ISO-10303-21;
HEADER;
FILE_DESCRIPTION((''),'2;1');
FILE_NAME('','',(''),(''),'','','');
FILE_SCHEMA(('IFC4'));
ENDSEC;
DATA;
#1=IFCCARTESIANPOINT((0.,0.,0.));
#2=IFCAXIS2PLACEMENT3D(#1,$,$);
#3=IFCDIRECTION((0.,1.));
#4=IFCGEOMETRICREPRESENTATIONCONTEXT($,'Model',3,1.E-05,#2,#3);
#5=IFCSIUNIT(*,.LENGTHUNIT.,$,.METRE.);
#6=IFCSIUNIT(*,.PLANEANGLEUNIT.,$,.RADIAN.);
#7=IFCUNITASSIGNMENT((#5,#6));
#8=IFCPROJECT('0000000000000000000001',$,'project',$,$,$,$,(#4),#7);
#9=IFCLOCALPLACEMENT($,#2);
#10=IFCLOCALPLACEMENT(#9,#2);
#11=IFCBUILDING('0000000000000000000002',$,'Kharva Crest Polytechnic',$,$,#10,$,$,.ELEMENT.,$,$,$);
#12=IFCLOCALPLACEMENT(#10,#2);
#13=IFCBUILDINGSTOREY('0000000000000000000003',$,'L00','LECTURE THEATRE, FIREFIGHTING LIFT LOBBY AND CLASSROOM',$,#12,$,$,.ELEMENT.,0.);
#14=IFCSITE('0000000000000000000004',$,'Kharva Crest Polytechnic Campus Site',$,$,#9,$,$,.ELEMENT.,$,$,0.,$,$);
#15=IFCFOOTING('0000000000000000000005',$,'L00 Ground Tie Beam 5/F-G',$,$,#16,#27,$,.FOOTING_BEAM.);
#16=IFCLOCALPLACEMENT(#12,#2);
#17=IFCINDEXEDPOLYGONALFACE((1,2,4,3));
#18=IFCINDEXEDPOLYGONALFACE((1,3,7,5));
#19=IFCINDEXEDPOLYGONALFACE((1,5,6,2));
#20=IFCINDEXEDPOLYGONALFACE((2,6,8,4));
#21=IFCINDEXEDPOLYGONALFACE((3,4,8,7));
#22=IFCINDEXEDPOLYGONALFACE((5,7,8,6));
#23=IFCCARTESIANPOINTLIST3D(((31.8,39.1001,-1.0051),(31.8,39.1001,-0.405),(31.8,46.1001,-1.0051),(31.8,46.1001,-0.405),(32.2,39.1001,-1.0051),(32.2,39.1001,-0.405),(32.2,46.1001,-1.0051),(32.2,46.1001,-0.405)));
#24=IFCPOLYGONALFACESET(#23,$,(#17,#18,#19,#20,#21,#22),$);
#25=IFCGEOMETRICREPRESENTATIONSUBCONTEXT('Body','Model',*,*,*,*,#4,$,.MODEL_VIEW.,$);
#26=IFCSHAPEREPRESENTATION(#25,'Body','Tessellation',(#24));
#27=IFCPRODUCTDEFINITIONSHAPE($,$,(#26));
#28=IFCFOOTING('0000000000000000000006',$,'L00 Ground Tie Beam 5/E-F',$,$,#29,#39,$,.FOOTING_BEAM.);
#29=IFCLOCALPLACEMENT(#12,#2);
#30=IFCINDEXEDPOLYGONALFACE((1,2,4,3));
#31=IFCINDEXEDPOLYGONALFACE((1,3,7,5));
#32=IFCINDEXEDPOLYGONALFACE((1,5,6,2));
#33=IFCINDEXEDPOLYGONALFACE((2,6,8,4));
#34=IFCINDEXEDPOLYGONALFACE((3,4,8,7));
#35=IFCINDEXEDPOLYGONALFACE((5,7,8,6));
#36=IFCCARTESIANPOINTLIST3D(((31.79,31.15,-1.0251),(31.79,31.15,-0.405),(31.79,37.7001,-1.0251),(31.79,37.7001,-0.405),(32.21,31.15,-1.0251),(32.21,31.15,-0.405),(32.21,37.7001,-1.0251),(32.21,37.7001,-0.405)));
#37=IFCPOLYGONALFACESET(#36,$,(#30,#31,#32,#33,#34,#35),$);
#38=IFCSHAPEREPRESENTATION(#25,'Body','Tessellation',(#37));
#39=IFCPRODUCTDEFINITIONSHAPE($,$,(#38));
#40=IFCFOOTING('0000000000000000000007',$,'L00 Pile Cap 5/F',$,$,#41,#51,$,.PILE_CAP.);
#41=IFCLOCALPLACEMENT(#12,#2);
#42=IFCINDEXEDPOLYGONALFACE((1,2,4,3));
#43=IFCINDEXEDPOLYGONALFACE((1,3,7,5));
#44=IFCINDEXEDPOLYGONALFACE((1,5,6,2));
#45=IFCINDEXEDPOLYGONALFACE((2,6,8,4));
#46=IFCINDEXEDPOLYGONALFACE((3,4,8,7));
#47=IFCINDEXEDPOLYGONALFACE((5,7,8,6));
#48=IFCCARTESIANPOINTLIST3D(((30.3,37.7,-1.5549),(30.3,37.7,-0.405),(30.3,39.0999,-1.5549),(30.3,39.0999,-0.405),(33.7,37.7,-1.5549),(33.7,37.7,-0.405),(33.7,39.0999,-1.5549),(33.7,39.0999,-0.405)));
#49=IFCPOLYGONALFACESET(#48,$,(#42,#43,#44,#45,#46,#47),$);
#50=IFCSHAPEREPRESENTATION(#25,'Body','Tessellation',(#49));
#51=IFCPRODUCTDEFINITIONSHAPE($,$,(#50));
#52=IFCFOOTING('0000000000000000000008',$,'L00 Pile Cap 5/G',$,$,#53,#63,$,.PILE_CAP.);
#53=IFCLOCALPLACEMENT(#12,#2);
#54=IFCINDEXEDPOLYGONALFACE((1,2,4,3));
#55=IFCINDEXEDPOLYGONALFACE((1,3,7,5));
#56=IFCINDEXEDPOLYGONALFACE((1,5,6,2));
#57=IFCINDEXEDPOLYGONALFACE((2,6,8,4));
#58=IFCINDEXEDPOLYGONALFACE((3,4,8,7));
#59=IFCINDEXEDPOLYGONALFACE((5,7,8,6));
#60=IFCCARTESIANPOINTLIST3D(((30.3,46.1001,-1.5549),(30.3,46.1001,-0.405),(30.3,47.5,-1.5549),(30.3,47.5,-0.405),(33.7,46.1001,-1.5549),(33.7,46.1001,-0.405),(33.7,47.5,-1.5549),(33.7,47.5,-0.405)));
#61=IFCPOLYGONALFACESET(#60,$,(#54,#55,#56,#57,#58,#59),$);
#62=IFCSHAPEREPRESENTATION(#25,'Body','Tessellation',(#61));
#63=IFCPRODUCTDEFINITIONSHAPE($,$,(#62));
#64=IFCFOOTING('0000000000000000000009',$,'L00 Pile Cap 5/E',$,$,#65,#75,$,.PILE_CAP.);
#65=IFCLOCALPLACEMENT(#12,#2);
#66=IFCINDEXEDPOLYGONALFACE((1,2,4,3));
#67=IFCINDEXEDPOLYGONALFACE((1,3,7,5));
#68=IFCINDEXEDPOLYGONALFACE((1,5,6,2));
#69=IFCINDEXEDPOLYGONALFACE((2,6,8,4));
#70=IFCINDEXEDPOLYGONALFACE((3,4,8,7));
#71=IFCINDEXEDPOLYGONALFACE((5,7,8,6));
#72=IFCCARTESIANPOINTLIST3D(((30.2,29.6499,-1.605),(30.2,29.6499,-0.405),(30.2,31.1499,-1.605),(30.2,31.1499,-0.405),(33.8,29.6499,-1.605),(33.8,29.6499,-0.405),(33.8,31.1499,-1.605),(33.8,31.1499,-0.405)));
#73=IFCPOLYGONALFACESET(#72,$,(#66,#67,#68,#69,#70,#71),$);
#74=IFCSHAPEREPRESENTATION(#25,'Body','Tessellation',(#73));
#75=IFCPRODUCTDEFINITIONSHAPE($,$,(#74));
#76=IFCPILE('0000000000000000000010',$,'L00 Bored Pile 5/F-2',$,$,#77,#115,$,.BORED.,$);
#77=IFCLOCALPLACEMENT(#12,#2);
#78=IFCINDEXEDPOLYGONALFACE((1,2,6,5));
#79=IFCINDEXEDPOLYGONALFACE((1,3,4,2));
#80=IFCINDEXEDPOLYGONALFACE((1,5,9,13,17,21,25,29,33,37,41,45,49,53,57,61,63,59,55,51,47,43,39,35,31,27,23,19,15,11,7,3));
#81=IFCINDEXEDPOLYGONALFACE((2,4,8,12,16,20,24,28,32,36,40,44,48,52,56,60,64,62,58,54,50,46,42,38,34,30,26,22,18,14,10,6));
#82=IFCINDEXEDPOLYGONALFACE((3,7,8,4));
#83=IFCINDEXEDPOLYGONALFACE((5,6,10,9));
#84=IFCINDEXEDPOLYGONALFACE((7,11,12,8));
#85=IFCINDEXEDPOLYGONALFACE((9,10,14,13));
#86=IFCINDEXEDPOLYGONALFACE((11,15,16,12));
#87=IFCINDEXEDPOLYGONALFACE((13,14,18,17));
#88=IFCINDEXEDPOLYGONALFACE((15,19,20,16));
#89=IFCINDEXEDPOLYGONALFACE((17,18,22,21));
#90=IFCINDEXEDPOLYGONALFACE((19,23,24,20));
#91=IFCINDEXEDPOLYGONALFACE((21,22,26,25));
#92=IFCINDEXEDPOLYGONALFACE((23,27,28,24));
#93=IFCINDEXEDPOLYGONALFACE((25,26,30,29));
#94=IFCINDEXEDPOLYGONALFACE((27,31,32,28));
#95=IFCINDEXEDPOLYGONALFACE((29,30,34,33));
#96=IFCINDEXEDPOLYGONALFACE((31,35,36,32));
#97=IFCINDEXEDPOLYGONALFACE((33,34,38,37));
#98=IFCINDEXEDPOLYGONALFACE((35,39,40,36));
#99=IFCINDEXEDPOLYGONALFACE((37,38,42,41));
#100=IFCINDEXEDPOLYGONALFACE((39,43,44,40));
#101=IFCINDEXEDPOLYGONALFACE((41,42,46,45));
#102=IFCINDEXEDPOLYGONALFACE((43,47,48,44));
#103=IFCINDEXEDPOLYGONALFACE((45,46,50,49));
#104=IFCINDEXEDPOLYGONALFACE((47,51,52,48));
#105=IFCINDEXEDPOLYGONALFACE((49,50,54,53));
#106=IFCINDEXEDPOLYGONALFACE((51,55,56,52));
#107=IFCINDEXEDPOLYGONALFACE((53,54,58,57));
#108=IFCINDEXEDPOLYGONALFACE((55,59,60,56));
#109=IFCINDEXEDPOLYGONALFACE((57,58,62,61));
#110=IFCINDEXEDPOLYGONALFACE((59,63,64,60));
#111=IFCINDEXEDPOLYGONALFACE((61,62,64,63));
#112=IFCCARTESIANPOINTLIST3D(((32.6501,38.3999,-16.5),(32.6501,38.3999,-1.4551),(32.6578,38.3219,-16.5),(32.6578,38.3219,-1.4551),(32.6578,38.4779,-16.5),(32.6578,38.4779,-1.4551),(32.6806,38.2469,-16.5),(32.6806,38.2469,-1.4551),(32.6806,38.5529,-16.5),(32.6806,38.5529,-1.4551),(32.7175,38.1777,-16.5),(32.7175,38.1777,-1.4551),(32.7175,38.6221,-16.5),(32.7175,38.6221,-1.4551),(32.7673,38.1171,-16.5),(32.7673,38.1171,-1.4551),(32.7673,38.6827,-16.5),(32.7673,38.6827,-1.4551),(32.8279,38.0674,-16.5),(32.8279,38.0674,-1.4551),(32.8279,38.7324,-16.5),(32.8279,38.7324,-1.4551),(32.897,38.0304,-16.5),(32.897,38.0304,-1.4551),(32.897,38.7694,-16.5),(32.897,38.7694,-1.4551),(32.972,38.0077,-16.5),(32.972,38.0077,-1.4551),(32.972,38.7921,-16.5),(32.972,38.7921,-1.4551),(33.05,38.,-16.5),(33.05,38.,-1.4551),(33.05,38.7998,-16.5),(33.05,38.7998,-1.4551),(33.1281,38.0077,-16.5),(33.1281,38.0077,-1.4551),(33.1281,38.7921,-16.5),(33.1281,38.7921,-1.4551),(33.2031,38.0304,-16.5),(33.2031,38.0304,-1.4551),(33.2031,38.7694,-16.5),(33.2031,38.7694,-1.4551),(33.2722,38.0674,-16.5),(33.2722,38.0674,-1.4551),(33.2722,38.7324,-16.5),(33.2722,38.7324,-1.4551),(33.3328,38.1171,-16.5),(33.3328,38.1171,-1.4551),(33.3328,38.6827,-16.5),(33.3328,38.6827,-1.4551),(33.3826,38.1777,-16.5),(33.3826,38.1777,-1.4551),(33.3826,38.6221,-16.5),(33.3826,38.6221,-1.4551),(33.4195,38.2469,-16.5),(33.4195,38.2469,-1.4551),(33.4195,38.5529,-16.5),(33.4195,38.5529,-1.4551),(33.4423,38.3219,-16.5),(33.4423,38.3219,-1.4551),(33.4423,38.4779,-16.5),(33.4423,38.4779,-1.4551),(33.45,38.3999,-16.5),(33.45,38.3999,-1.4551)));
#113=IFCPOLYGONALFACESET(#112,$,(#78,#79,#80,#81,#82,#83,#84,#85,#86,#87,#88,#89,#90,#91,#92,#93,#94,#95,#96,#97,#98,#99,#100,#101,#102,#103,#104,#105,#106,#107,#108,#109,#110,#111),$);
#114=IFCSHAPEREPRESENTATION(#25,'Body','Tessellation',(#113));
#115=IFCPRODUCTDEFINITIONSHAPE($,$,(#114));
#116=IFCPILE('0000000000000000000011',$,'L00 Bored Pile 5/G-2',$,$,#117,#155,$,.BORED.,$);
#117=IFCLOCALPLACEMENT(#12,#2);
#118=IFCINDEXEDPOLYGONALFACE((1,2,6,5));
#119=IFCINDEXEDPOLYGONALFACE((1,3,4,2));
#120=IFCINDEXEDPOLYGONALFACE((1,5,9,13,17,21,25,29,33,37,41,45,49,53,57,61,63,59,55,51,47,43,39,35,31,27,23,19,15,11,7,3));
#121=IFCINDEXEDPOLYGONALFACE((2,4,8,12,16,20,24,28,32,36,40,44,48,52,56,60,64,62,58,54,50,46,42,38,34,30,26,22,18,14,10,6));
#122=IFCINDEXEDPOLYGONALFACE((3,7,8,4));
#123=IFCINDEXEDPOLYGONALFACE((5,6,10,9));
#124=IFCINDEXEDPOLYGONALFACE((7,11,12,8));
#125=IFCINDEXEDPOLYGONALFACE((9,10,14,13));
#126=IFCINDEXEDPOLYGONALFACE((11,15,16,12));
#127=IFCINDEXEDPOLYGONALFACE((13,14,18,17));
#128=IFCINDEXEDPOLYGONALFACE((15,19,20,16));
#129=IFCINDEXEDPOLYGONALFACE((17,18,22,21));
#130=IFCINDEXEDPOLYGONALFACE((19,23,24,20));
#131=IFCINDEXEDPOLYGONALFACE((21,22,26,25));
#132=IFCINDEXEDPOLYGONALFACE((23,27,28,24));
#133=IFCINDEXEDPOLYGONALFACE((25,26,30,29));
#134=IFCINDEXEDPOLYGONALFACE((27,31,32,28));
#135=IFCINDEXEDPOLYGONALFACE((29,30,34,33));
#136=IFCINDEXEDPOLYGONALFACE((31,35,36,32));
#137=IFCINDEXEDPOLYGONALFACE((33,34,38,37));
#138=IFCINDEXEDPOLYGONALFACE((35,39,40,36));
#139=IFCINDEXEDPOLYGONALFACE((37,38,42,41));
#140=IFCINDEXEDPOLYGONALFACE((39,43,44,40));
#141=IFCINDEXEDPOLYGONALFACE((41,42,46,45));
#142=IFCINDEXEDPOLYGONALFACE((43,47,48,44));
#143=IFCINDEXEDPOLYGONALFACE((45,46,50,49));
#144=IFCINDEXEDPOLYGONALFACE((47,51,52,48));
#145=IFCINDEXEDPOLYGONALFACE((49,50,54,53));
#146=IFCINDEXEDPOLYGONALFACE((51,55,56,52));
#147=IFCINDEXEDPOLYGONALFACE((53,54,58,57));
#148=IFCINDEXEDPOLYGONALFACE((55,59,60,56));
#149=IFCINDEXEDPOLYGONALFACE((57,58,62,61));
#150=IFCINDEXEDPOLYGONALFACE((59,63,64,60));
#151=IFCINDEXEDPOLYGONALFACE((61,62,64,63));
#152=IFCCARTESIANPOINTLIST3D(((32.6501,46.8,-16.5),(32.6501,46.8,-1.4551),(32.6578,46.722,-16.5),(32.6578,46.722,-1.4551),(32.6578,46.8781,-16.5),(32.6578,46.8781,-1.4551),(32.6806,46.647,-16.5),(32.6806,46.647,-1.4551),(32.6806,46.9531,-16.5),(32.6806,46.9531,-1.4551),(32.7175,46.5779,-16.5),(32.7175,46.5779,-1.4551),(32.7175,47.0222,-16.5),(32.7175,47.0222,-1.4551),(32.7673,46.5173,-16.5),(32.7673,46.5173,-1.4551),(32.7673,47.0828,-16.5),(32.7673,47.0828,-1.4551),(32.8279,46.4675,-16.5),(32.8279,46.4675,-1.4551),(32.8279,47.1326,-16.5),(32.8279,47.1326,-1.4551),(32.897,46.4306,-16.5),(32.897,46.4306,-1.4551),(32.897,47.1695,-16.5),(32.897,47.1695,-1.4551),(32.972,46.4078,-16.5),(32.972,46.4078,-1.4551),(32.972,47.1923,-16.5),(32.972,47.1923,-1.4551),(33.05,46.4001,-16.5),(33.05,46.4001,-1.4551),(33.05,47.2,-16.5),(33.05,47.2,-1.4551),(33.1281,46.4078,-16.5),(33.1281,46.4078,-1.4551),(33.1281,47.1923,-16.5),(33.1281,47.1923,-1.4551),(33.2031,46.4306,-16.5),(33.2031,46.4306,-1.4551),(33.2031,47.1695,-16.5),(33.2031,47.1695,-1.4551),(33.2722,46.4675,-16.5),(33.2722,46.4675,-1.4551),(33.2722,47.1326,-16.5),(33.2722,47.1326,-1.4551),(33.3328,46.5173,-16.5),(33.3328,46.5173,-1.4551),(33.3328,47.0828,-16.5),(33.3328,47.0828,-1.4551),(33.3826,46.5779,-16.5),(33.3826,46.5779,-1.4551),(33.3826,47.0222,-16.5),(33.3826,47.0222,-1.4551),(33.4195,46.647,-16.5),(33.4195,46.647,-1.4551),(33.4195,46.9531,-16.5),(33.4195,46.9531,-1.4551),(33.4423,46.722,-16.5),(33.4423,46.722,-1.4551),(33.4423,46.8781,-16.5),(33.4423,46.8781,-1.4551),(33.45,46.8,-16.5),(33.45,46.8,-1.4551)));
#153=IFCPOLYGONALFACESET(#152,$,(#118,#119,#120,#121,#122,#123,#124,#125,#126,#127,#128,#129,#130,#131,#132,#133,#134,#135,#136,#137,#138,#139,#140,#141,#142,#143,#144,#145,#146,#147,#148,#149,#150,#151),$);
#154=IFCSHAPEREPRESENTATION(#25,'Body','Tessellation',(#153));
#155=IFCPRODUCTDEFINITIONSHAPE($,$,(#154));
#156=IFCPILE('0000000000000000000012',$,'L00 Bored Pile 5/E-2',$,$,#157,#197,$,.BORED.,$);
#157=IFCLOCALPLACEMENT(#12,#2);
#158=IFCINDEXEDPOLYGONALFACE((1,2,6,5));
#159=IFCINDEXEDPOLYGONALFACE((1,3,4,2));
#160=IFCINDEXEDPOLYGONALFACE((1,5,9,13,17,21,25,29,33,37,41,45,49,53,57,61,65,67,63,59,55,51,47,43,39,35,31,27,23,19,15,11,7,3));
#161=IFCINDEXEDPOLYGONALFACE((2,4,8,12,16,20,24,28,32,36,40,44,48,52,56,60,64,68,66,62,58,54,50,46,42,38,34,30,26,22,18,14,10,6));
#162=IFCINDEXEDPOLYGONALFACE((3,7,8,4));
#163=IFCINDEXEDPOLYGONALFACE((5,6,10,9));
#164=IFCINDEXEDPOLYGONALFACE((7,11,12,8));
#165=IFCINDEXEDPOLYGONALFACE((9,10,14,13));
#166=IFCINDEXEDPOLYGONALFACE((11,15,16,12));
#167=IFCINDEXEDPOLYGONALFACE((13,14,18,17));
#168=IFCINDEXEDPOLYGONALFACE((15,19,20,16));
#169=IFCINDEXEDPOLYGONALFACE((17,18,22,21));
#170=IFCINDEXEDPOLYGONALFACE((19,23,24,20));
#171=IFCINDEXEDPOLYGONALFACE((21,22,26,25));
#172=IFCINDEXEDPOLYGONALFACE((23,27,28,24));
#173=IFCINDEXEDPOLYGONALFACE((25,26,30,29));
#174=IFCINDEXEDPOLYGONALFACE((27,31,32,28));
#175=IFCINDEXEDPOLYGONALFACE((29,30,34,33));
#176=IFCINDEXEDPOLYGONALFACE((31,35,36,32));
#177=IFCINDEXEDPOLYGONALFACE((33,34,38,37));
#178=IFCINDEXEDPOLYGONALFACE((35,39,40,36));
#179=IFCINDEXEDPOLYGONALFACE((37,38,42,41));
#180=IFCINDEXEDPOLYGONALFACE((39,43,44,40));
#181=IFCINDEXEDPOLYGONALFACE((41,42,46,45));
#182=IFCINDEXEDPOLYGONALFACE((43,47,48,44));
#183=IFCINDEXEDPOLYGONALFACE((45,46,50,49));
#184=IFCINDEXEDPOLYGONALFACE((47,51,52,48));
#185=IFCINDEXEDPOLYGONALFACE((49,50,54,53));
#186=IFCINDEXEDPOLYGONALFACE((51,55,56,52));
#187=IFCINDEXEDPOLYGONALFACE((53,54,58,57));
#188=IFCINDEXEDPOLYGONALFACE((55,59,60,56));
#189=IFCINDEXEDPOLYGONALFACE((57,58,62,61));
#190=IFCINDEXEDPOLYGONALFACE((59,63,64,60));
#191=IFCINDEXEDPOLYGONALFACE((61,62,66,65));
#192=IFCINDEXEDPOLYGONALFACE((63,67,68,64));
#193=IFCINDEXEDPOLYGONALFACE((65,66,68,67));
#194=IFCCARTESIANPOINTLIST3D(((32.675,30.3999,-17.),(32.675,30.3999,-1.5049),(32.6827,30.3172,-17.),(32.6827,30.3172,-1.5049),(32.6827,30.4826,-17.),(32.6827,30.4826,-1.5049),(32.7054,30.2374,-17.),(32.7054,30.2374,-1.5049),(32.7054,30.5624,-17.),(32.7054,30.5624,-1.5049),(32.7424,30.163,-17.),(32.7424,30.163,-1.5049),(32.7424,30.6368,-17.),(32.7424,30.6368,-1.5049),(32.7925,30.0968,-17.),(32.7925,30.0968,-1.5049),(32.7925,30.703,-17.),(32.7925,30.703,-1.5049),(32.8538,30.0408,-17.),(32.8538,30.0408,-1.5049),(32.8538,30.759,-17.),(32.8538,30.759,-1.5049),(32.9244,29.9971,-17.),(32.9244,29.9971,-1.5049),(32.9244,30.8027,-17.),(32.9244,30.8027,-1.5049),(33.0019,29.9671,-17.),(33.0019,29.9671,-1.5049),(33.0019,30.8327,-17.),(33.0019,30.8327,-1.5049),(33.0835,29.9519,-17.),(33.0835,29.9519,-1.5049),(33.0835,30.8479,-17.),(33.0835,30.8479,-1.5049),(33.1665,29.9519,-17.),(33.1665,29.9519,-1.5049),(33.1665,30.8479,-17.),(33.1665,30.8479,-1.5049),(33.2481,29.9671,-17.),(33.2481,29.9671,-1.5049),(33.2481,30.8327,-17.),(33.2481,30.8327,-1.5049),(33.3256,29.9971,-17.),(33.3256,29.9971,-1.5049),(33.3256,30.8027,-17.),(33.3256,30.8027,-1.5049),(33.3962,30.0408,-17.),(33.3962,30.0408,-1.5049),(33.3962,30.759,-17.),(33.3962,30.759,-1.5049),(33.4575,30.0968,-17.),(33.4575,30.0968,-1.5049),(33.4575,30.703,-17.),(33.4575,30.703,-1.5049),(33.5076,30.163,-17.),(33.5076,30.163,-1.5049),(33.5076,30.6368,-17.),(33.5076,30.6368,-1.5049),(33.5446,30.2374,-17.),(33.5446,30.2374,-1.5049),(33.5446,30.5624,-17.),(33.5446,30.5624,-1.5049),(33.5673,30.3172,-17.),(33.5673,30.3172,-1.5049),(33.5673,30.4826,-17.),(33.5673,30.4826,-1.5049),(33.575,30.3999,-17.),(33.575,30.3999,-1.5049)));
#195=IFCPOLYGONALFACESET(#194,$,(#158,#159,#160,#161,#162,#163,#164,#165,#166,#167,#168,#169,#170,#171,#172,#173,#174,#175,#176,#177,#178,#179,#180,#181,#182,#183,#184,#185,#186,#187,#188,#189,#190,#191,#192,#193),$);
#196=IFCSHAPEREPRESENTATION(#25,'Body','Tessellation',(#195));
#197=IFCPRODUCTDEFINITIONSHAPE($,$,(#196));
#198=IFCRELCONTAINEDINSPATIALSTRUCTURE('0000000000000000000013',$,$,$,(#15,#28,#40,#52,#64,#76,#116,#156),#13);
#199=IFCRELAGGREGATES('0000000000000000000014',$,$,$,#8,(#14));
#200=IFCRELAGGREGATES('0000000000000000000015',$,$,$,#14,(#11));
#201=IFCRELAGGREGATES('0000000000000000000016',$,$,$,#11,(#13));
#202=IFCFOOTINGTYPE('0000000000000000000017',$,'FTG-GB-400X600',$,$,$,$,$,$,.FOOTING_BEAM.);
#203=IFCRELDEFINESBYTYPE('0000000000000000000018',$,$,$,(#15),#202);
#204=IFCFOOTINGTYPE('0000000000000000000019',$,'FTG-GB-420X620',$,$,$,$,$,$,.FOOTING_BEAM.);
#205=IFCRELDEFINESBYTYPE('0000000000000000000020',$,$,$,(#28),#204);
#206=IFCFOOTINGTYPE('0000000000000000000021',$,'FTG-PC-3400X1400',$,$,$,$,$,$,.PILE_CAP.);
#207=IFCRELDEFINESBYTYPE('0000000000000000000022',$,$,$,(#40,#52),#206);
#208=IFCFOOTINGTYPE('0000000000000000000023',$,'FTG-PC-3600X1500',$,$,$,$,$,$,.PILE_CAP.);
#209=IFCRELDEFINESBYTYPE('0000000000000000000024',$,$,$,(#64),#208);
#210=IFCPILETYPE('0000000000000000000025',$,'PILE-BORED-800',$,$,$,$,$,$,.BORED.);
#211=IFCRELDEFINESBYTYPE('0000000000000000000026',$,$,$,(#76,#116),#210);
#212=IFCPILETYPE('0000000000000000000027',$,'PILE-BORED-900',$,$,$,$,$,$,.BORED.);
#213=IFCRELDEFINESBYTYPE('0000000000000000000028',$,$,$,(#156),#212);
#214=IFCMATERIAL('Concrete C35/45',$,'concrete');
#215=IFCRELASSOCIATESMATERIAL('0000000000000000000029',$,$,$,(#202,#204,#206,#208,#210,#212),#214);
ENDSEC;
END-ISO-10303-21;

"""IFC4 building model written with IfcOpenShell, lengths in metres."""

from ifc_helpers import new_model, si_unit, direction, frame, origin, origin_2d, place, context, subcontext, project, spatial, rectangle, circle, extrude, material, material_profile, profile_set, type_object, element, save


model = new_model("IFC4")

# Units and contexts
model_context = context("Model", 3, precision=1e-05, world=origin(), true_north=direction((0.0, 1.0)))
body_context = subcontext(model_context, "Body", "Model", "MODEL_VIEW")
ifc_project = project(units=[si_unit("LENGTHUNIT", "METRE"), si_unit("PLANEANGLEUNIT", "RADIAN")], contexts=[model_context])

# Site, building, storey
site_placement = place(None, origin())
site = spatial("IfcSite", under=ifc_project, at=site_placement, Name="Kharva Crest Polytechnic Campus Site", CompositionType="ELEMENT", RefElevation=0.0)
building_placement = place(site_placement, origin())
building = spatial("IfcBuilding", under=site, at=building_placement, Name="Kharva Crest Polytechnic", CompositionType="ELEMENT")
storey_placement = place(building_placement, origin())
storey = spatial("IfcBuildingStorey", under=building, at=storey_placement, Name="L00", Description="LECTURE THEATRE, FIREFIGHTING LIFT LOBBY AND CLASSROOM", CompositionType="ELEMENT", Elevation=0.0)

# Footings
ifc_material_1 = material(Name="Concrete C35/45", Category="concrete")
footing_type_1 = type_object("IfcFootingType", Name="FTG-GB-400X600", PredefinedType="FOOTING_BEAM", material=ifc_material_1)
footing_1_placement = place(storey_placement, frame((32.0, 42.6001, -1.0051), z_axis=(0.0, 0.0, 1.0), x_axis=(0.0, 1.0, 0.0)))
element("IfcFooting", 1, at=footing_1_placement, inside=storey, type_object=footing_type_1, Name="L00 Ground Tie Beam 5/F-G", PredefinedType="FOOTING_BEAM", context=body_context, shape_type="SweptSolid", body=[
    extrude(rectangle(XDim=7.0, YDim=0.3999, at=origin_2d()), origin(), (0.0, 0.0, 1.0), 0.6001),
])
footing_type_2 = type_object("IfcFootingType", Name="FTG-GB-420X620", PredefinedType="FOOTING_BEAM", material=ifc_material_1)
footing_2_placement = place(storey_placement, frame((32.0, 34.425, -1.0251), z_axis=(0.0, 0.0, 1.0), x_axis=(0.0, 1.0, 0.0)))
element("IfcFooting", 2, at=footing_2_placement, inside=storey, type_object=footing_type_2, Name="L00 Ground Tie Beam 5/E-F", PredefinedType="FOOTING_BEAM", context=body_context, shape_type="SweptSolid", body=[
    extrude(rectangle(XDim=6.55, YDim=0.4199, at=origin_2d()), origin(), (0.0, 0.0, 1.0), 0.6201),
])
footing_type_3 = type_object("IfcFootingType", Name="FTG-PC-3400X1400", PredefinedType="PILE_CAP", material=ifc_material_1)
for number, where, z_axis, x_axis, name in (
    (3, (32.0, 38.3999, -1.5549), (0.0, 0.0, 1.0), (1.0, 0.0, 0.0), "L00 Pile Cap 5/F"),
    (4, (32.0, 46.8, -1.5549), (0.0, 0.0, 1.0), (1.0, 0.0, 0.0), "L00 Pile Cap 5/G"),
):
    element("IfcFooting", number, at=place(storey_placement, frame(where, z_axis=z_axis, x_axis=x_axis)), inside=storey, type_object=footing_type_3, Name=name, PredefinedType="PILE_CAP", context=body_context, shape_type="SweptSolid", body=[
        extrude(rectangle(XDim=3.3999, YDim=1.3999, at=origin_2d()), origin(), (0.0, 0.0, 1.0), 1.1499),
    ])
footing_type_4 = type_object("IfcFootingType", Name="FTG-PC-3600X1500", PredefinedType="PILE_CAP", material=ifc_material_1)
footing_3_placement = place(storey_placement, frame((32.0, 30.3999, -1.605), z_axis=(0.0, 0.0, 1.0), x_axis=(1.0, 0.0, 0.0)))
element("IfcFooting", 5, at=footing_3_placement, inside=storey, type_object=footing_type_4, Name="L00 Pile Cap 5/E", PredefinedType="PILE_CAP", context=body_context, shape_type="SweptSolid", body=[
    extrude(rectangle(XDim=3.6001, YDim=1.5, at=origin_2d()), origin(), (0.0, 0.0, 1.0), 1.2),
])

# Piles
ifc_material_profile_1 = material_profile(ifc_material_1, circle(Radius=0.3999, at=origin_2d()), Name="DIA 800")
ifc_profile_set_1 = profile_set([ifc_material_profile_1], Name="Concrete C35/45")
pile_type_1 = type_object("IfcPileType", Name="PILE-BORED-800", PredefinedType="BORED", material=ifc_profile_set_1)
for number, where, z_axis, x_axis, name in (
    (6, (33.05, 38.3999, -1.4551), (0.0, 0.0, -1.0), (1.0, 0.0, 0.0), "L00 Bored Pile 5/F-2"),
    (7, (33.05, 46.8, -1.4551), (0.0, 0.0, -1.0), (1.0, 0.0, 0.0), "L00 Bored Pile 5/G-2"),
):
    element("IfcPile", number, at=place(storey_placement, frame(where, z_axis=z_axis, x_axis=x_axis)), inside=storey, type_object=pile_type_1, Name=name, PredefinedType="BORED", context=body_context, shape_type="SweptSolid", body=[
        extrude(circle(Radius=0.3999, at=origin_2d()), origin(), (0.0, 0.0, 1.0), 15.0449),
    ])
ifc_material_profile_2 = material_profile(ifc_material_1, circle(Radius=0.45, at=origin_2d()), Name="DIA 900")
ifc_profile_set_2 = profile_set([ifc_material_profile_2], Name="Concrete C35/45")
pile_type_2 = type_object("IfcPileType", Name="PILE-BORED-900", PredefinedType="BORED", material=ifc_profile_set_2)
pile_placement = place(storey_placement, frame((33.125, 30.3999, -1.5049), z_axis=(0.0, 0.0, -1.0), x_axis=(1.0, 0.0, 0.0)))
element("IfcPile", 8, at=pile_placement, inside=storey, type_object=pile_type_2, Name="L00 Bored Pile 5/E-2", PredefinedType="BORED", context=body_context, shape_type="SweptSolid", body=[
    extrude(circle(Radius=0.45, at=origin_2d()), origin(), (0.0, 0.0, 1.0), 15.4951),
])

save(model, "model.ifc")
